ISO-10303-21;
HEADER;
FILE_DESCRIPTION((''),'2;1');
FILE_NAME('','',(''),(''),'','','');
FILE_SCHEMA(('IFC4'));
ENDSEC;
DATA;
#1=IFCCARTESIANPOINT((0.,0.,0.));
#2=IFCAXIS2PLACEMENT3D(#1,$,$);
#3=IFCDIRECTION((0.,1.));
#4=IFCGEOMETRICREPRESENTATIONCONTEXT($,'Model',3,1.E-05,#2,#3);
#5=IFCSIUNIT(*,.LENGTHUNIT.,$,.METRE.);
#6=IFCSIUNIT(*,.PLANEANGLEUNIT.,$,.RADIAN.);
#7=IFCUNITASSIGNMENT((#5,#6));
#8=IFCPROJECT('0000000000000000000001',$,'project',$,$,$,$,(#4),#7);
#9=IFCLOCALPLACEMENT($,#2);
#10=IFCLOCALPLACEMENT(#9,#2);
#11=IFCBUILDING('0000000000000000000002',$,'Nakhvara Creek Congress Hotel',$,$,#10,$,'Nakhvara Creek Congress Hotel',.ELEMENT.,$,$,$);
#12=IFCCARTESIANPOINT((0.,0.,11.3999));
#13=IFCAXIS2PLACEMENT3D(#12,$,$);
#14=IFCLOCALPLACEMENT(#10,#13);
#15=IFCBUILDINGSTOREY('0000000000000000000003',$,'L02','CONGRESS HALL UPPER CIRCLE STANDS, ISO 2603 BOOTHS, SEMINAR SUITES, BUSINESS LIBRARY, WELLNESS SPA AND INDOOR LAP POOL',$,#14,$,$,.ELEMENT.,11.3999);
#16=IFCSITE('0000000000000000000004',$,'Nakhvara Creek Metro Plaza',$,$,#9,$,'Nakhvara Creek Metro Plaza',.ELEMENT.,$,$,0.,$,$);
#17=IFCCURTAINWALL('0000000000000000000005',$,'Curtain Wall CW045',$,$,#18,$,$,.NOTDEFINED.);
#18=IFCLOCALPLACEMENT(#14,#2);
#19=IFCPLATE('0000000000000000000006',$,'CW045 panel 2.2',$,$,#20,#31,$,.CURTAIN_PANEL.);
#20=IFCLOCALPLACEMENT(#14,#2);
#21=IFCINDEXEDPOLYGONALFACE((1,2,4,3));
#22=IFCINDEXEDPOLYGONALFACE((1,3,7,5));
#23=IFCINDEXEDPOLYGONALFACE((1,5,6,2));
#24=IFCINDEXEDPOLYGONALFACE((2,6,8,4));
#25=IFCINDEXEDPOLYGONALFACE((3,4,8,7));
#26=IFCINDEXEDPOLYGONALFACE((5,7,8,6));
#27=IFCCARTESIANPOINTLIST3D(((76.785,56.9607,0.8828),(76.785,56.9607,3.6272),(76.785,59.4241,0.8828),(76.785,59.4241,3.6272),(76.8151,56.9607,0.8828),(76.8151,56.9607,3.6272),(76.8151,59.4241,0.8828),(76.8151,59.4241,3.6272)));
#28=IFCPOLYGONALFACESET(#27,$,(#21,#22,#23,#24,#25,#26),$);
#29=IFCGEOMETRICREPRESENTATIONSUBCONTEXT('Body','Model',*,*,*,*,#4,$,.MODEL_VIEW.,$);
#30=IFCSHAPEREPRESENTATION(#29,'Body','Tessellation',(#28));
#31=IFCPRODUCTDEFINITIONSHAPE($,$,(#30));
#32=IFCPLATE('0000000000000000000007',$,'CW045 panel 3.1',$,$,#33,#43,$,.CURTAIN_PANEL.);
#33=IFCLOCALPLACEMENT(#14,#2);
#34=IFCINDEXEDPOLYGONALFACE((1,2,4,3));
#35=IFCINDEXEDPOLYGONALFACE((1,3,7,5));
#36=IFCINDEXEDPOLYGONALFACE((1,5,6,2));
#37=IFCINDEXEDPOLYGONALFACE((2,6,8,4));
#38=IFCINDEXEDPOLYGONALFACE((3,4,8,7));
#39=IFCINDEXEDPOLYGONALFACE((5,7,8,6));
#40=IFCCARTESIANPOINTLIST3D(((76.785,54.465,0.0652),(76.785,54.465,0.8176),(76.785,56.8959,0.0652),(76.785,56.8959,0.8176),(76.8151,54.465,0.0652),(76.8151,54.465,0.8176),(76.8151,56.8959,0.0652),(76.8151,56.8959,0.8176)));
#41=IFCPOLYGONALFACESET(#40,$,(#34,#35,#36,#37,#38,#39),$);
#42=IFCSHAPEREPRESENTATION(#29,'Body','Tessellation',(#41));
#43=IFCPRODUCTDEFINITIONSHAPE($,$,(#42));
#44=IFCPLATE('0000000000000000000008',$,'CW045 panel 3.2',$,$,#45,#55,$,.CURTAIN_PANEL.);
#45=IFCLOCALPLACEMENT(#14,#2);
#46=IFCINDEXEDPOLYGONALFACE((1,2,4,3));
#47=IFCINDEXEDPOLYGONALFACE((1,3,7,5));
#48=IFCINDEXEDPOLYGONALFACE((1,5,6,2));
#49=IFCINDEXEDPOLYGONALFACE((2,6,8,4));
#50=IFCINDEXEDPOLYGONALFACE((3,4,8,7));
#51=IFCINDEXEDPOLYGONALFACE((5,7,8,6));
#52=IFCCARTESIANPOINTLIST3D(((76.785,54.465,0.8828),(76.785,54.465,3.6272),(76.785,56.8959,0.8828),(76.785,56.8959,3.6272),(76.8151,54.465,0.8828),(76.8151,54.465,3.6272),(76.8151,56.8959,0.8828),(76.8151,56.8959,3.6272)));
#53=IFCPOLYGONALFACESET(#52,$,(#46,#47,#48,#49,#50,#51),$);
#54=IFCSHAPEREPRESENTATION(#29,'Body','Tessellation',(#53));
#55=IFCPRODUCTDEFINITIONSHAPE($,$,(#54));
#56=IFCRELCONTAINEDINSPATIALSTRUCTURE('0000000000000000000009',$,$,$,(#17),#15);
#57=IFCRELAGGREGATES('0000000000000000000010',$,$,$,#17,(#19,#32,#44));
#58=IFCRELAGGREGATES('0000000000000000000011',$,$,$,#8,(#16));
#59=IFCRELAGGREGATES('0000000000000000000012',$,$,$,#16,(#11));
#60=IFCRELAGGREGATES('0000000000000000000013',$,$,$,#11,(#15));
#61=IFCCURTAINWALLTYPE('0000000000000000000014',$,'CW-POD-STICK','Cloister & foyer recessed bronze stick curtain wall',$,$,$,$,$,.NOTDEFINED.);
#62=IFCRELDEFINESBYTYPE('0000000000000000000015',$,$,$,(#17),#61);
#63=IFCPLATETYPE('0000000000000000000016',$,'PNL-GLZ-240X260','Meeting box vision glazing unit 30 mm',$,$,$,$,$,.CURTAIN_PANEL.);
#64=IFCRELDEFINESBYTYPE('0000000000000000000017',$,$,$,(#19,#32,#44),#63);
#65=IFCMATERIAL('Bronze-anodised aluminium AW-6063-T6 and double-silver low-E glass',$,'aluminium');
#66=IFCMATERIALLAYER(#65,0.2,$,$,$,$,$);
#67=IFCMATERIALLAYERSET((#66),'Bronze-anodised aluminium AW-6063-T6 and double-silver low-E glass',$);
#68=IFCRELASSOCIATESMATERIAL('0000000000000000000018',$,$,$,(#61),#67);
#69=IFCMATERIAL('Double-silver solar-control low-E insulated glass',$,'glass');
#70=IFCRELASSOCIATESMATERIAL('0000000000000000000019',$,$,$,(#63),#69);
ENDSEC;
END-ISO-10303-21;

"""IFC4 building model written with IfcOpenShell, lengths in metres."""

from ifc_helpers import new_model, si_unit, direction, frame, origin, origin_2d, place, context, subcontext, project, spatial, rectangle, extrude, material, layer, layer_set, type_object, element, aggregate, save


model = new_model("IFC4")

# Units and contexts
model_context = context("Model", 3, precision=1e-05, world=origin(), true_north=direction((0.0, 1.0)))
body_context = subcontext(model_context, "Body", "Model", "MODEL_VIEW")
ifc_project = project(units=[si_unit("LENGTHUNIT", "METRE"), si_unit("PLANEANGLEUNIT", "RADIAN")], contexts=[model_context])

# Site, building, storey
site_placement = place(None, origin())
site = spatial("IfcSite", under=ifc_project, at=site_placement, Name="Nakhvara Creek Metro Plaza", LongName="Nakhvara Creek Metro Plaza", CompositionType="ELEMENT", RefElevation=0.0)
building_placement = place(site_placement, origin())
building = spatial("IfcBuilding", under=site, at=building_placement, Name="Nakhvara Creek Congress Hotel", LongName="Nakhvara Creek Congress Hotel", CompositionType="ELEMENT")
storey_placement = place(building_placement, frame((0.0, 0.0, 11.3999)))
storey = spatial("IfcBuildingStorey", under=building, at=storey_placement, Name="L02", Description="CONGRESS HALL UPPER CIRCLE STANDS, ISO 2603 BOOTHS, SEMINAR SUITES, BUSINESS LIBRARY, WELLNESS SPA AND INDOOR LAP POOL", CompositionType="ELEMENT", Elevation=11.3999)

# Shared definitions
ifc_material_1 = material(Name="Bronze-anodised aluminium AW-6063-T6 and double-silver low-E glass", Category="aluminium")
ifc_layer = layer(ifc_material_1, 0.2)
ifc_layer_set = layer_set([ifc_layer], Name="Bronze-anodised aluminium AW-6063-T6 and double-silver low-E glass")
curtain_wall_type = type_object("IfcCurtainWallType", Name="CW-POD-STICK", Description="Cloister & foyer recessed bronze stick curtain wall", PredefinedType="NOTDEFINED", material=ifc_layer_set)

# Curtain wall, plates
curtain_wall_1_placement = place(storey_placement, origin())
curtain_wall_1 = element("IfcCurtainWall", 1, at=curtain_wall_1_placement, inside=storey, type_object=curtain_wall_type, Name="Curtain Wall CW045", PredefinedType="NOTDEFINED")
ifc_material_2 = material(Name="Double-silver solar-control low-E insulated glass", Category="glass")
plate_type = type_object("IfcPlateType", Name="PNL-GLZ-240X260", Description="Meeting box vision glazing unit 30 mm", PredefinedType="CURTAIN_PANEL", material=ifc_material_2)
plate_1_placement = place(storey_placement, frame((76.8, 58.1924, 0.8828), z_axis=(0.0, 0.0, 1.0), x_axis=(0.0, -1.0, 0.0)))
plate_1 = element("IfcPlate", 2, at=plate_1_placement, type_object=plate_type, Name="CW045 panel 2.2", PredefinedType="CURTAIN_PANEL", context=body_context, shape_type="SweptSolid", body=[
    extrude(rectangle(XDim=2.4634, YDim=0.03, at=origin_2d()), origin(), (0.0, 0.0, 1.0), 2.7444),
])
plate_2_placement = place(storey_placement, frame((76.8, 55.6804, 0.0652), z_axis=(0.0, 0.0, 1.0), x_axis=(0.0, -1.0, 0.0)))
plate_2 = element("IfcPlate", 3, at=plate_2_placement, type_object=plate_type, Name="CW045 panel 3.1", PredefinedType="CURTAIN_PANEL", context=body_context, shape_type="SweptSolid", body=[
    extrude(rectangle(XDim=2.4309, YDim=0.03, at=origin_2d()), origin(), (0.0, 0.0, 1.0), 0.7524),
])
plate_3_placement = place(storey_placement, frame((76.8, 55.6804, 0.8828), z_axis=(0.0, 0.0, 1.0), x_axis=(0.0, -1.0, 0.0)))
plate_3 = element("IfcPlate", 4, at=plate_3_placement, type_object=plate_type, Name="CW045 panel 3.2", PredefinedType="CURTAIN_PANEL", context=body_context, shape_type="SweptSolid", body=[
    extrude(rectangle(XDim=2.4309, YDim=0.03, at=origin_2d()), origin(), (0.0, 0.0, 1.0), 2.7444),
])
aggregate(curtain_wall_1, [plate_1, plate_2, plate_3])

save(model, "model.ifc")
